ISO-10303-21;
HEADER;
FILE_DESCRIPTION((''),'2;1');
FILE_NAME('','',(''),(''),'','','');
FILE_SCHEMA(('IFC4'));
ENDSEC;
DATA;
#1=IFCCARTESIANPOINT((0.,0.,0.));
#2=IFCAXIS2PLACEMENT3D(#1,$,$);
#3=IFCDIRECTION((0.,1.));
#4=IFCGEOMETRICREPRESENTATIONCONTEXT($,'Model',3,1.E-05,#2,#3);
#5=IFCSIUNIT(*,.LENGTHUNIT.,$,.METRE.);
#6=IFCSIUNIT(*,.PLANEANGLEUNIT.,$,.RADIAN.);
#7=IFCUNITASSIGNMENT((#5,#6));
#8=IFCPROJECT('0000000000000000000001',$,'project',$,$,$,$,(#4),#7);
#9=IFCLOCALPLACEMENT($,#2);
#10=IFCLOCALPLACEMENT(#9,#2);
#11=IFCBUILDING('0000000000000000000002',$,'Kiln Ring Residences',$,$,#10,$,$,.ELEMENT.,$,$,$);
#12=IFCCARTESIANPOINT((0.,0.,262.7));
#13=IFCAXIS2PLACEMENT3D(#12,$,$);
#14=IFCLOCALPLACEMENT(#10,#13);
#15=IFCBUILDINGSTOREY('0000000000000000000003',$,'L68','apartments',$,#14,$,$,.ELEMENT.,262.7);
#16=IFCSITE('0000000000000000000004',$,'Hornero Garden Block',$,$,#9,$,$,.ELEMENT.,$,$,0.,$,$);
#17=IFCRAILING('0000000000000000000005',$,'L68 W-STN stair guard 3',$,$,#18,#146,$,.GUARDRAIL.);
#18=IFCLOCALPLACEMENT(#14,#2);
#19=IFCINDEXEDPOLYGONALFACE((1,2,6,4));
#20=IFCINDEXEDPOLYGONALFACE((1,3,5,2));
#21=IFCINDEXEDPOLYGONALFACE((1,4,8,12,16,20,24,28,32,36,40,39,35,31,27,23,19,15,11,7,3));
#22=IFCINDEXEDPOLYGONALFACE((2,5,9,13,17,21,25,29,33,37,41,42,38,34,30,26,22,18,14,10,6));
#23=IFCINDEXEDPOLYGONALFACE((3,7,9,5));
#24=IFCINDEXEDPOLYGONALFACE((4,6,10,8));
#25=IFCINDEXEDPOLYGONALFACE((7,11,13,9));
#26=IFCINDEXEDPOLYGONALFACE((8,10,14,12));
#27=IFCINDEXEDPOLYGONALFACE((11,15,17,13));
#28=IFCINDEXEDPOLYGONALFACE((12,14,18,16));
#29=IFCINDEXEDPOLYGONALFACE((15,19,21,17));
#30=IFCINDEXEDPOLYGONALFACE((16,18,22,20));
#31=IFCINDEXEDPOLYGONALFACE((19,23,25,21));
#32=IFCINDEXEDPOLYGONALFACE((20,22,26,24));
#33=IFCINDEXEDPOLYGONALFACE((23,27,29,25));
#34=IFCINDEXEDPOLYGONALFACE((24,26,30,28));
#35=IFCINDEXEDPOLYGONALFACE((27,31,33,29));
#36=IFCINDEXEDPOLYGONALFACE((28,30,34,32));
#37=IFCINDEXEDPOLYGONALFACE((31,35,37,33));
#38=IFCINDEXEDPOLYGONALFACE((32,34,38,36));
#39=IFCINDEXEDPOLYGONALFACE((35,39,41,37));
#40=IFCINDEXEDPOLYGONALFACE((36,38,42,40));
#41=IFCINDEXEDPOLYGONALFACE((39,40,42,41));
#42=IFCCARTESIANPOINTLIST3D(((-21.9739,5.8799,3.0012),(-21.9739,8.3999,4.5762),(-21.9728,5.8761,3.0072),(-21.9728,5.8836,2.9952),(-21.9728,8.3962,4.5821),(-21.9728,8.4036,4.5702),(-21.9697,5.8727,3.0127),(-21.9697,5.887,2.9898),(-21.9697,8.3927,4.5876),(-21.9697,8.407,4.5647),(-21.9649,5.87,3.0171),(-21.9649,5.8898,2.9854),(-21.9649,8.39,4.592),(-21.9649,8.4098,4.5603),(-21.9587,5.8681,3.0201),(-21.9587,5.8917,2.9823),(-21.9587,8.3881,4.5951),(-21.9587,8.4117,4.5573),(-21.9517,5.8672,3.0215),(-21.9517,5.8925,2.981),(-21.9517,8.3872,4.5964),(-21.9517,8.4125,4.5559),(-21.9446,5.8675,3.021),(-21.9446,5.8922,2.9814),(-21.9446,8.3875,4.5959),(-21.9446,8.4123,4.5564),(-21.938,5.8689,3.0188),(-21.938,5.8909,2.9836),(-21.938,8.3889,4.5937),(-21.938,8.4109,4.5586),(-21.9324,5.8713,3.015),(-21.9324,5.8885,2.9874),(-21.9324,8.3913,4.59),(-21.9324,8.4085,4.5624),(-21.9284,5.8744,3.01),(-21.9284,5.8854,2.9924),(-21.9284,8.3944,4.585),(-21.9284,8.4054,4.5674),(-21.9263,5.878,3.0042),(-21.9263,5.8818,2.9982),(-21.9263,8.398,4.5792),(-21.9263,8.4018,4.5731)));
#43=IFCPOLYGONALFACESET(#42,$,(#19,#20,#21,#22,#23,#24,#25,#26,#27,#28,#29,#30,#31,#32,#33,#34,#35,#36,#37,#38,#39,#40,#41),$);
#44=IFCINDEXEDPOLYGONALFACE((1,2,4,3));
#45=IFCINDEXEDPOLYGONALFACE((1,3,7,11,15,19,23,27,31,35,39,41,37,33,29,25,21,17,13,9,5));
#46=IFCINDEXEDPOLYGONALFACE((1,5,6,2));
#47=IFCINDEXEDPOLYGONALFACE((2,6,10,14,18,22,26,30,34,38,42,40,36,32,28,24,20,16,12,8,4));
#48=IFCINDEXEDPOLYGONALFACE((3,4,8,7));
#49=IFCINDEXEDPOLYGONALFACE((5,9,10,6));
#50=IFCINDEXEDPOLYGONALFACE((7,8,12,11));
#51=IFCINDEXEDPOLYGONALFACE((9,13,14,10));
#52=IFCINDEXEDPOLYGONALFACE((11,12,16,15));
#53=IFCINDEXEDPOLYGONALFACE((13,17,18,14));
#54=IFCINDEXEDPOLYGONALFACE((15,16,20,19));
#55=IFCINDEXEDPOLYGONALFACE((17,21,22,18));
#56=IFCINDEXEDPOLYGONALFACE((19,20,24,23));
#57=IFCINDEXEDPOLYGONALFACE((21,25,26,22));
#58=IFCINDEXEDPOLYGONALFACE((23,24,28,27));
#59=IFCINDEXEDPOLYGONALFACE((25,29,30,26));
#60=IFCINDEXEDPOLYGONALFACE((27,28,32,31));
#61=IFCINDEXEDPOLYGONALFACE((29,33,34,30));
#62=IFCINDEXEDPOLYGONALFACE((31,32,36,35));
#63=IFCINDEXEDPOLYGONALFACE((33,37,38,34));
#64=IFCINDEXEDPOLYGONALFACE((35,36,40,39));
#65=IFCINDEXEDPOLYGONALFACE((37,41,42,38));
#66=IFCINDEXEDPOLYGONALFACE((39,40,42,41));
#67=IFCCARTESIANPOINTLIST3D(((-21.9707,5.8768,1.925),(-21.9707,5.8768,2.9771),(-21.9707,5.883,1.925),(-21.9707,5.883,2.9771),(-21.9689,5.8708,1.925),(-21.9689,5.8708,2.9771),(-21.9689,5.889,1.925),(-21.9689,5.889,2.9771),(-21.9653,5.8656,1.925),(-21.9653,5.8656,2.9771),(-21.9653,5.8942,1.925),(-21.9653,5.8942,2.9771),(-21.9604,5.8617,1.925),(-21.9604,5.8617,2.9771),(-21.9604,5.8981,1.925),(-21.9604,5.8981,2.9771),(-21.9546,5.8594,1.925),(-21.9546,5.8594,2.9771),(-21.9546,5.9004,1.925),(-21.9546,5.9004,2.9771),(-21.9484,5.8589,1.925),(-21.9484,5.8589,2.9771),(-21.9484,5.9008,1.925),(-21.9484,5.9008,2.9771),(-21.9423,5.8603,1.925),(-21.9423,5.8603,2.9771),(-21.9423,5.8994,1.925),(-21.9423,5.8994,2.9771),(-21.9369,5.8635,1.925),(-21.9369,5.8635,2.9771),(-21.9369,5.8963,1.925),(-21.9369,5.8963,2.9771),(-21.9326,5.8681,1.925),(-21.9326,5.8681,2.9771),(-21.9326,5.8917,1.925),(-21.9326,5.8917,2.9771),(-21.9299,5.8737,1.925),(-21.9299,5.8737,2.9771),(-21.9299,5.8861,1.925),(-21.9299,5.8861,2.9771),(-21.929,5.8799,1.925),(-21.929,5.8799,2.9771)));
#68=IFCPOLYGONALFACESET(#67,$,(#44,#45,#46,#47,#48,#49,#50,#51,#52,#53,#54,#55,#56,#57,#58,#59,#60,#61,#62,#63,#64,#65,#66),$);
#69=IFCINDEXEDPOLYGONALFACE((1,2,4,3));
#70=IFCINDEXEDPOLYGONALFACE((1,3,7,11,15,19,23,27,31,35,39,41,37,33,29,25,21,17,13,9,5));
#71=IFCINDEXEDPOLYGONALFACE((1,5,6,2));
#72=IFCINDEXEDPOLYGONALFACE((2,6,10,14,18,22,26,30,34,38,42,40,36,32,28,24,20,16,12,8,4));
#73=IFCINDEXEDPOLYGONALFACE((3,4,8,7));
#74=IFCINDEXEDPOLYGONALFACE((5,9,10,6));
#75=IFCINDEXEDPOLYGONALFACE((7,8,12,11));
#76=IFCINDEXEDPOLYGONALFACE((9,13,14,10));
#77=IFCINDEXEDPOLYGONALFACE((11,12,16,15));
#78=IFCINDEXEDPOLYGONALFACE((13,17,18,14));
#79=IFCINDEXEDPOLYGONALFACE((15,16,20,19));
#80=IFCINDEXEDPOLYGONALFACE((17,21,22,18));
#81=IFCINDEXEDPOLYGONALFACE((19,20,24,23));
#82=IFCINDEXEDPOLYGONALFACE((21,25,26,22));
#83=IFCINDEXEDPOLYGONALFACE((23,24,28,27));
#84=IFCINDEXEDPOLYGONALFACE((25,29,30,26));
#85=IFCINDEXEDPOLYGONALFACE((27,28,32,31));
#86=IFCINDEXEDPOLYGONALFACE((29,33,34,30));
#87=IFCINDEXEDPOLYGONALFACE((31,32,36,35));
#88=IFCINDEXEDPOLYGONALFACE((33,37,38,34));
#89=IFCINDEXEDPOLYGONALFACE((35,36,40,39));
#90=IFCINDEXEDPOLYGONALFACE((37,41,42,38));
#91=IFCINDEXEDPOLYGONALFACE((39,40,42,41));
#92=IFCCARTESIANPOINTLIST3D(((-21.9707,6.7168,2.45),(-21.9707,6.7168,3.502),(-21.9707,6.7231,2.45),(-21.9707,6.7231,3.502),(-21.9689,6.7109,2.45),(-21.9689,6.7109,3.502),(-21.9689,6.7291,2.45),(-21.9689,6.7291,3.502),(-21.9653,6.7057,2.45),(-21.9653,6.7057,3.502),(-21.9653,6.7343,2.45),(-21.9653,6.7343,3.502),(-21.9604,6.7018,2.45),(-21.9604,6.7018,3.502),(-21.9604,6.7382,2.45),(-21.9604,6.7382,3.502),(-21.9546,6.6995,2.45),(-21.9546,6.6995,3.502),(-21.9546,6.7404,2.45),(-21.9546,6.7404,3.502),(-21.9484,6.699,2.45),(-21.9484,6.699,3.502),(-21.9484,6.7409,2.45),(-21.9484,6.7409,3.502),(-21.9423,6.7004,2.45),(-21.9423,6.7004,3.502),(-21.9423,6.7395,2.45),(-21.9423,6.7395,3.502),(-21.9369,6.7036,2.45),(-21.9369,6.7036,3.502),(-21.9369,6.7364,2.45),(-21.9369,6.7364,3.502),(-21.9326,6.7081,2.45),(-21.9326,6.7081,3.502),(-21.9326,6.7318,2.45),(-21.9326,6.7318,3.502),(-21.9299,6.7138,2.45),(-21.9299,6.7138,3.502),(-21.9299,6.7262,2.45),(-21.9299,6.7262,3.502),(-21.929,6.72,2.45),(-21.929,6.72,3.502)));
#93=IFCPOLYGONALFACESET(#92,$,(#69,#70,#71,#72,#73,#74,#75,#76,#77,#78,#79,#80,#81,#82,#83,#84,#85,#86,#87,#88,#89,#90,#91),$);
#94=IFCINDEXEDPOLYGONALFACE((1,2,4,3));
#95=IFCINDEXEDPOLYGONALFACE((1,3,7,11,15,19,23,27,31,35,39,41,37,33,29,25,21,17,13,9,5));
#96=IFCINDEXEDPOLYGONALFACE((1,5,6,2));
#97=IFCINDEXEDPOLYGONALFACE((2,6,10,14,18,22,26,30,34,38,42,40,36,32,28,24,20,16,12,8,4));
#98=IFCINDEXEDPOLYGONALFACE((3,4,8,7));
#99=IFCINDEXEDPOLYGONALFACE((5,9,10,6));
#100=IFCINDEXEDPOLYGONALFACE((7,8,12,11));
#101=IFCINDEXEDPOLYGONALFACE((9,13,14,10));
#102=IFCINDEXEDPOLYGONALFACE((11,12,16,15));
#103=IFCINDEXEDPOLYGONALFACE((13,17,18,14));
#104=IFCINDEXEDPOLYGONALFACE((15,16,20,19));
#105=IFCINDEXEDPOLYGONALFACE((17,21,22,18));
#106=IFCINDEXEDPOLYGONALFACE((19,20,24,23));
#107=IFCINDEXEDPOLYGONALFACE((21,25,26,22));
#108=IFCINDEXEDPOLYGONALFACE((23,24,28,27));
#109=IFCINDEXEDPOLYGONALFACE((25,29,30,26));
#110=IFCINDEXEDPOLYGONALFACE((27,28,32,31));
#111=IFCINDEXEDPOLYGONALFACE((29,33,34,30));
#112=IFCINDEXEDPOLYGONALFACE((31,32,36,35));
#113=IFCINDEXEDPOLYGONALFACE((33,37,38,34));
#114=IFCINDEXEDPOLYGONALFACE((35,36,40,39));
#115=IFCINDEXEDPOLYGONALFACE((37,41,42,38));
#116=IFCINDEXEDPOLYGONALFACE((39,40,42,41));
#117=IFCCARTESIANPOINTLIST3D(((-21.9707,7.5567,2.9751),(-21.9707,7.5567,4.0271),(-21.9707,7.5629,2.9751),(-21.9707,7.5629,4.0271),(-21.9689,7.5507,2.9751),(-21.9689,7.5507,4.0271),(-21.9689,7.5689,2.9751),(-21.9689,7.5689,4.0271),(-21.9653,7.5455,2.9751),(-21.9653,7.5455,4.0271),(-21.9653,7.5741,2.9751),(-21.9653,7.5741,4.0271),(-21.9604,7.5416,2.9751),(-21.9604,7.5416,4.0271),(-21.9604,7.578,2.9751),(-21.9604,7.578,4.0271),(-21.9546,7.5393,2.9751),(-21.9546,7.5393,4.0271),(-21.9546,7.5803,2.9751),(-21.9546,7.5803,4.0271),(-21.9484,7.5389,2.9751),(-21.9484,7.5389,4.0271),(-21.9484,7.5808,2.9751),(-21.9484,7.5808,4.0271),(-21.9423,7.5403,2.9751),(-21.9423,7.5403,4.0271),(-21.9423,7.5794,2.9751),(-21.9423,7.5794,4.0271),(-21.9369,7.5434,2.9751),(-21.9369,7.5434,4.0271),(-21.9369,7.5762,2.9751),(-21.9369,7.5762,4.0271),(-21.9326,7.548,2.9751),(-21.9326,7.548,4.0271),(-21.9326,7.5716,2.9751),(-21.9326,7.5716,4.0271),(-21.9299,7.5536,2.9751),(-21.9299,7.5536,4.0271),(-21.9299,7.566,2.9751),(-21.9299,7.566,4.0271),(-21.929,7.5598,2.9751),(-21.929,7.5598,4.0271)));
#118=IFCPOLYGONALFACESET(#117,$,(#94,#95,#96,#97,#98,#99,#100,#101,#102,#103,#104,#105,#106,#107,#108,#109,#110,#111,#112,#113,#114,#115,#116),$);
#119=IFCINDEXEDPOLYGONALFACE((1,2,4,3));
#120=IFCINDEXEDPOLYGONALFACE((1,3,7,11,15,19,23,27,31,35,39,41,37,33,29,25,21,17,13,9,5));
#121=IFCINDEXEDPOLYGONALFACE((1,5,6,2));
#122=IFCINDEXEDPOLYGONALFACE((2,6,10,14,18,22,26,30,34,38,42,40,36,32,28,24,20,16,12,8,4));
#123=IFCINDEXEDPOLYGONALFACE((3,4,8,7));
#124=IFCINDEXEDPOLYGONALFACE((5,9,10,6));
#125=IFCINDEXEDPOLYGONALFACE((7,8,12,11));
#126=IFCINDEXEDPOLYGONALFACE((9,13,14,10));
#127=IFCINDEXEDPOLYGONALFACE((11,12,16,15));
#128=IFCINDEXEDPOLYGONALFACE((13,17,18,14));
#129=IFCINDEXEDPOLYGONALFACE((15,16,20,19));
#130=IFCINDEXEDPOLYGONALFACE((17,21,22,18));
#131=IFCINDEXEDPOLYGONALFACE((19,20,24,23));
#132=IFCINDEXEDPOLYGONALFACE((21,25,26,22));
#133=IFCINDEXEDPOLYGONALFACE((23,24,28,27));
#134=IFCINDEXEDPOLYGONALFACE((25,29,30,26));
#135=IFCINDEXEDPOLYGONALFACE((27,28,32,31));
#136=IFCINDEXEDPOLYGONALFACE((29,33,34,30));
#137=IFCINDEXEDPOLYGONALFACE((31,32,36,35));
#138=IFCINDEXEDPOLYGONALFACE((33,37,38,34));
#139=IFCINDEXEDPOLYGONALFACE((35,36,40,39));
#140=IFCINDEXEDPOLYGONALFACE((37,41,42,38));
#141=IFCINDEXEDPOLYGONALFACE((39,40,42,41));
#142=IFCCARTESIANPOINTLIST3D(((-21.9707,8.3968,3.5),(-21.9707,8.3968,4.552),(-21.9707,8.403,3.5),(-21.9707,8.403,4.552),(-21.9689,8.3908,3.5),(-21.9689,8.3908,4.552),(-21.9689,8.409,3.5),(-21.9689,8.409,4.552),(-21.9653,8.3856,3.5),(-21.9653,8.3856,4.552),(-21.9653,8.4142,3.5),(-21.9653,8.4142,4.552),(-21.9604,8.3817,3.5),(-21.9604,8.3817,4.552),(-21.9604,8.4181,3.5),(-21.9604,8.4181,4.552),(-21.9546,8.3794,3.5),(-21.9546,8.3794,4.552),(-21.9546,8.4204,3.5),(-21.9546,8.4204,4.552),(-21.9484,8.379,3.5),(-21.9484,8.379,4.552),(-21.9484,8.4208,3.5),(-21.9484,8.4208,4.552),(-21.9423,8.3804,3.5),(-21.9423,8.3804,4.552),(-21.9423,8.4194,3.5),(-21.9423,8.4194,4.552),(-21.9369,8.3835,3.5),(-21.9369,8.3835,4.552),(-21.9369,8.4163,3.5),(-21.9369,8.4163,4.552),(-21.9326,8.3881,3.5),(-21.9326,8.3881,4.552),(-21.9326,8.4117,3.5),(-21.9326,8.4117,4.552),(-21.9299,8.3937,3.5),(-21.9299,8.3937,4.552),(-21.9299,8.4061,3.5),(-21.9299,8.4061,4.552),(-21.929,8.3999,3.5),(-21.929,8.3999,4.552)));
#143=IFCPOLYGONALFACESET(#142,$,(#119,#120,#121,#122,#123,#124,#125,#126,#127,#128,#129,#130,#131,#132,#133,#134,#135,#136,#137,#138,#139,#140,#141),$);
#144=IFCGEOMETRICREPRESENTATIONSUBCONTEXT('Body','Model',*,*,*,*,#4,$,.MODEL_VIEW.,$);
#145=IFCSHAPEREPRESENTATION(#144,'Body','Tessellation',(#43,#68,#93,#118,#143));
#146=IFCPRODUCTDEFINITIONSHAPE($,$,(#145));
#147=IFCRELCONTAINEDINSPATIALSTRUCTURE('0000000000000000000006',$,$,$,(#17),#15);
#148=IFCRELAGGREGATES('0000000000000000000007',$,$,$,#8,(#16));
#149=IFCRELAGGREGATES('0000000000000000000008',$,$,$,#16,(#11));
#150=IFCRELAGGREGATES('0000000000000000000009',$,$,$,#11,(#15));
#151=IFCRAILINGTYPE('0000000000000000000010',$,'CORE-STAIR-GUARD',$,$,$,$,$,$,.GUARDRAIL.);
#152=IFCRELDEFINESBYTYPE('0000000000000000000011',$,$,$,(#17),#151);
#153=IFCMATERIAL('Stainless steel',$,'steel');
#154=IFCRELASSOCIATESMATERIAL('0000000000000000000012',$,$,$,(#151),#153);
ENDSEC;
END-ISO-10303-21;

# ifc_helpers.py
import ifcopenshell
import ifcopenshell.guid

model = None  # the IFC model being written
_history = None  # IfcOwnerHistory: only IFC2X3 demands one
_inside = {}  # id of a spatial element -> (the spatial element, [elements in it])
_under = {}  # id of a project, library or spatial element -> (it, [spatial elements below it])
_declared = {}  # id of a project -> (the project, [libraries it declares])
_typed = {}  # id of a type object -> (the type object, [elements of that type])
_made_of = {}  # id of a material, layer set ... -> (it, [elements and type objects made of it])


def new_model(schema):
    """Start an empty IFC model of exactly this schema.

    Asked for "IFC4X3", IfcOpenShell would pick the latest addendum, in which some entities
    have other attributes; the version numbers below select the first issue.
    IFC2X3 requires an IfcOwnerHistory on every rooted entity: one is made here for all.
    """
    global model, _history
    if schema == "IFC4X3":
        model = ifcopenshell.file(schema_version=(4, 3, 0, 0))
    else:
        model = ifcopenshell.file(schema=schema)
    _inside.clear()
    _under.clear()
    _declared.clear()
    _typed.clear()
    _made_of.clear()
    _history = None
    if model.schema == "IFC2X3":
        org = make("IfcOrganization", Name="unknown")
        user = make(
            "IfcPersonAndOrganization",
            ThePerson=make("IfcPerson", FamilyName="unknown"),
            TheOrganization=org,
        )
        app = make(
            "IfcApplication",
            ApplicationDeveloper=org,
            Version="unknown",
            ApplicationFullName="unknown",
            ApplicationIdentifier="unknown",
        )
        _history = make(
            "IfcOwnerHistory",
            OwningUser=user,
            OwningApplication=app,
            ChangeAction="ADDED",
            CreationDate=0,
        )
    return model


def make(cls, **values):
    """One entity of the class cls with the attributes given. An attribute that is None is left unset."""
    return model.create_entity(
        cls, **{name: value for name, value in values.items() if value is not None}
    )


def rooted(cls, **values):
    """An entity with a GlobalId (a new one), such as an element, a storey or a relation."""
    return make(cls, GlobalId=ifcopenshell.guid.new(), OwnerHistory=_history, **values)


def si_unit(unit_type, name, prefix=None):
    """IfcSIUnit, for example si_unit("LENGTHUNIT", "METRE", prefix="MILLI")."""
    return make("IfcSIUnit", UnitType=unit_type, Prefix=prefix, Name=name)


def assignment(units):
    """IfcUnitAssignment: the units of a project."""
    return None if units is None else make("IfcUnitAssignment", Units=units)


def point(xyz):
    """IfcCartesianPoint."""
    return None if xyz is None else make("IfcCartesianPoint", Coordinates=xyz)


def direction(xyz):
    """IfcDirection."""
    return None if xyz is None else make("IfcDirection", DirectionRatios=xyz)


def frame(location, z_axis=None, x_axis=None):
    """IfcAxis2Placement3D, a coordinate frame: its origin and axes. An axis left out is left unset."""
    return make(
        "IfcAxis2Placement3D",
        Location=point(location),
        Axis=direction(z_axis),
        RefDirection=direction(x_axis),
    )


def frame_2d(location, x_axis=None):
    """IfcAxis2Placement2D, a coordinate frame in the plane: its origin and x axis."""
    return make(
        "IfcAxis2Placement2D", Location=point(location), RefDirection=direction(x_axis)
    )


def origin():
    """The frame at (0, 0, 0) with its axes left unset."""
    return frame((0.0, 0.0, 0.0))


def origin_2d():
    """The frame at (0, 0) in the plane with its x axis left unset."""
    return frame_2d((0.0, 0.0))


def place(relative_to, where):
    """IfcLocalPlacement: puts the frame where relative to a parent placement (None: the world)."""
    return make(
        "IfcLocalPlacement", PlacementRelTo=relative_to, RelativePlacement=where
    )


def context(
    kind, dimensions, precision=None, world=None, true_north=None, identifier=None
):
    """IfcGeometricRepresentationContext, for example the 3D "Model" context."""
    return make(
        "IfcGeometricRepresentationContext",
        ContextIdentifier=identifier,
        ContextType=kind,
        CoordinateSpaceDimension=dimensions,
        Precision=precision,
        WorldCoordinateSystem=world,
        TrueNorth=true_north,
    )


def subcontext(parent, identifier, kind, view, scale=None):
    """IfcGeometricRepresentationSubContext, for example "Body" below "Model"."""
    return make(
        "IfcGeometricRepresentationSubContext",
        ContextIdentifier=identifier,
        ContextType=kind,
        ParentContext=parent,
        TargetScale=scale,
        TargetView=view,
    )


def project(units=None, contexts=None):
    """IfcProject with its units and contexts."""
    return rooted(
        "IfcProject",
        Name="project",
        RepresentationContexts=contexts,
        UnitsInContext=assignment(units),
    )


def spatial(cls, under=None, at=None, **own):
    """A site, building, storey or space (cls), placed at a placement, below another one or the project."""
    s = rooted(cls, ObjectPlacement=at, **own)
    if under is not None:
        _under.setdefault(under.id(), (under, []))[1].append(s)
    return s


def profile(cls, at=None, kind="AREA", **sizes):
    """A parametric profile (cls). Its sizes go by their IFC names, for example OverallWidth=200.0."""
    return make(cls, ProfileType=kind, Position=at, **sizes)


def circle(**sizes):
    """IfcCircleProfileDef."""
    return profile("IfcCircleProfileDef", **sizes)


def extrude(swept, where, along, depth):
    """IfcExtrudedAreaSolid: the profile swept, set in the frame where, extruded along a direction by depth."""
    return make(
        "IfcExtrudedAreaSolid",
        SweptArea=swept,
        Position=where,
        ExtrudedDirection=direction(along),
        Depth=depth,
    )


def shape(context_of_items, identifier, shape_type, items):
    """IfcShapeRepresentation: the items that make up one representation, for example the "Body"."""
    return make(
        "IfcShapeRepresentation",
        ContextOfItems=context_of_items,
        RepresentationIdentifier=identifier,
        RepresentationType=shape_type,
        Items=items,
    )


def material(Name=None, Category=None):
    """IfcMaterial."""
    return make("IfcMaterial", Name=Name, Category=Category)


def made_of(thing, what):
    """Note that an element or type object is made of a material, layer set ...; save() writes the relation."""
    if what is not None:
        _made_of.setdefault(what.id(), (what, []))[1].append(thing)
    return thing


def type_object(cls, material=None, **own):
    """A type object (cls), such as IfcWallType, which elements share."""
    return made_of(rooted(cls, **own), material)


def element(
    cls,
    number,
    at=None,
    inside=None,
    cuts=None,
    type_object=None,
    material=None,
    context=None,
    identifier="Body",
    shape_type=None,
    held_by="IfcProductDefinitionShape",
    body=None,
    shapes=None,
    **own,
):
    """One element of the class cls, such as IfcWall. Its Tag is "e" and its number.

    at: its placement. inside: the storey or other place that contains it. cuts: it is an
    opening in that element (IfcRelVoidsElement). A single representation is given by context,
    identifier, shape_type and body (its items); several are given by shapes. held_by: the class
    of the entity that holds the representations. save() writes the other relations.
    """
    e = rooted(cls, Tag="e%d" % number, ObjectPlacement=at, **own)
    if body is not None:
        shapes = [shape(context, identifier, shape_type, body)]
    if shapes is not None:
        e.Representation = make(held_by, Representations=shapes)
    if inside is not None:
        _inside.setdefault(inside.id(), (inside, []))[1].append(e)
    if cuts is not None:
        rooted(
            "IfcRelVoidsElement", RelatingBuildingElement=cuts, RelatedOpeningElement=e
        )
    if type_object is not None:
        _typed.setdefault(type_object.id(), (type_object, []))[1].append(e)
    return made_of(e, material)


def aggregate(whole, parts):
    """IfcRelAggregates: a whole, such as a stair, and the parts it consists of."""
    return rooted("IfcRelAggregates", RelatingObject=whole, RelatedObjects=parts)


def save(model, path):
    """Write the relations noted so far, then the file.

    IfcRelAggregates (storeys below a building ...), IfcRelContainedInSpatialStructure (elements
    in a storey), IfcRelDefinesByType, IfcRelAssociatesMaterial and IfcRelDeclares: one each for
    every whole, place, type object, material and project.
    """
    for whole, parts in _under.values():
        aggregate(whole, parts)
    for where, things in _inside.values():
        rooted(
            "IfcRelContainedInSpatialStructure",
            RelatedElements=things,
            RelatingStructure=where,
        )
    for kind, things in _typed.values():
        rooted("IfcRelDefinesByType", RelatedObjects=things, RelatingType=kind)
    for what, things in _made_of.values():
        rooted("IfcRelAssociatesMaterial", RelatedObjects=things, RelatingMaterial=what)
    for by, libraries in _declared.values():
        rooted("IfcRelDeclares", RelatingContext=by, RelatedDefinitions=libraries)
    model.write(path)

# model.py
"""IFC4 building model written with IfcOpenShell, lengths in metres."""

from ifc_helpers import new_model, si_unit, direction, frame, origin, origin_2d, place, context, subcontext, project, spatial, circle, extrude, material, type_object, element, save


model = new_model("IFC4")

# Units and contexts
model_context = context("Model", 3, precision=1e-05, world=origin(), true_north=direction((0.0, 1.0)))
body_context = subcontext(model_context, "Body", "Model", "MODEL_VIEW")
ifc_project = project(units=[si_unit("LENGTHUNIT", "METRE"), si_unit("PLANEANGLEUNIT", "RADIAN")], contexts=[model_context])

# Site, building, storey
site_placement = place(None, origin())
site = spatial("IfcSite", under=ifc_project, at=site_placement, Name="Hornero Garden Block", CompositionType="ELEMENT", RefElevation=0.0)
building_placement = place(site_placement, origin())
building = spatial("IfcBuilding", under=site, at=building_placement, Name="Kiln Ring Residences", CompositionType="ELEMENT")
storey_placement = place(building_placement, frame((0.0, 0.0, 262.7)))
storey = spatial("IfcBuildingStorey", under=building, at=storey_placement, Name="L68", Description="apartments", CompositionType="ELEMENT", Elevation=262.7)

# Railing
ifc_material_1 = material(Name="Stainless steel", Category="steel")
railing_type_1 = type_object("IfcRailingType", Name="CORE-STAIR-GUARD", PredefinedType="GUARDRAIL", material=ifc_material_1)
railing_1_placement = place(storey_placement, frame((-21.95, 5.8799, 1.925)))
element("IfcRailing", 1, at=railing_1_placement, inside=storey, type_object=railing_type_1, Name="L68 W-STN stair guard 3", PredefinedType="GUARDRAIL", context=body_context, shape_type="SweptSolid", body=[
    extrude(circle(Radius=0.0239, at=origin_2d()), frame((0.0, 0.0, 1.0762), z_axis=(0.0, 0.848008, 0.529984), x_axis=(-1.0, 0.0, 0.0)), (0.0, 0.0, 1.0), 2.9717),
    extrude(circle(Radius=0.021, at=origin_2d()), origin(), (0.0, 0.0, 1.0), 1.052),
    extrude(circle(Radius=0.021, at=origin_2d()), frame((0.0, 0.8401, 0.5249)), (0.0, 0.0, 1.0), 1.052),
    extrude(circle(Radius=0.021, at=origin_2d()), frame((0.0, 1.6799, 1.05)), (0.0, 0.0, 1.0), 1.052),
    extrude(circle(Radius=0.021, at=origin_2d()), frame((0.0, 2.52, 1.575)), (0.0, 0.0, 1.0), 1.052),
])

save(model, "model.ifc")
